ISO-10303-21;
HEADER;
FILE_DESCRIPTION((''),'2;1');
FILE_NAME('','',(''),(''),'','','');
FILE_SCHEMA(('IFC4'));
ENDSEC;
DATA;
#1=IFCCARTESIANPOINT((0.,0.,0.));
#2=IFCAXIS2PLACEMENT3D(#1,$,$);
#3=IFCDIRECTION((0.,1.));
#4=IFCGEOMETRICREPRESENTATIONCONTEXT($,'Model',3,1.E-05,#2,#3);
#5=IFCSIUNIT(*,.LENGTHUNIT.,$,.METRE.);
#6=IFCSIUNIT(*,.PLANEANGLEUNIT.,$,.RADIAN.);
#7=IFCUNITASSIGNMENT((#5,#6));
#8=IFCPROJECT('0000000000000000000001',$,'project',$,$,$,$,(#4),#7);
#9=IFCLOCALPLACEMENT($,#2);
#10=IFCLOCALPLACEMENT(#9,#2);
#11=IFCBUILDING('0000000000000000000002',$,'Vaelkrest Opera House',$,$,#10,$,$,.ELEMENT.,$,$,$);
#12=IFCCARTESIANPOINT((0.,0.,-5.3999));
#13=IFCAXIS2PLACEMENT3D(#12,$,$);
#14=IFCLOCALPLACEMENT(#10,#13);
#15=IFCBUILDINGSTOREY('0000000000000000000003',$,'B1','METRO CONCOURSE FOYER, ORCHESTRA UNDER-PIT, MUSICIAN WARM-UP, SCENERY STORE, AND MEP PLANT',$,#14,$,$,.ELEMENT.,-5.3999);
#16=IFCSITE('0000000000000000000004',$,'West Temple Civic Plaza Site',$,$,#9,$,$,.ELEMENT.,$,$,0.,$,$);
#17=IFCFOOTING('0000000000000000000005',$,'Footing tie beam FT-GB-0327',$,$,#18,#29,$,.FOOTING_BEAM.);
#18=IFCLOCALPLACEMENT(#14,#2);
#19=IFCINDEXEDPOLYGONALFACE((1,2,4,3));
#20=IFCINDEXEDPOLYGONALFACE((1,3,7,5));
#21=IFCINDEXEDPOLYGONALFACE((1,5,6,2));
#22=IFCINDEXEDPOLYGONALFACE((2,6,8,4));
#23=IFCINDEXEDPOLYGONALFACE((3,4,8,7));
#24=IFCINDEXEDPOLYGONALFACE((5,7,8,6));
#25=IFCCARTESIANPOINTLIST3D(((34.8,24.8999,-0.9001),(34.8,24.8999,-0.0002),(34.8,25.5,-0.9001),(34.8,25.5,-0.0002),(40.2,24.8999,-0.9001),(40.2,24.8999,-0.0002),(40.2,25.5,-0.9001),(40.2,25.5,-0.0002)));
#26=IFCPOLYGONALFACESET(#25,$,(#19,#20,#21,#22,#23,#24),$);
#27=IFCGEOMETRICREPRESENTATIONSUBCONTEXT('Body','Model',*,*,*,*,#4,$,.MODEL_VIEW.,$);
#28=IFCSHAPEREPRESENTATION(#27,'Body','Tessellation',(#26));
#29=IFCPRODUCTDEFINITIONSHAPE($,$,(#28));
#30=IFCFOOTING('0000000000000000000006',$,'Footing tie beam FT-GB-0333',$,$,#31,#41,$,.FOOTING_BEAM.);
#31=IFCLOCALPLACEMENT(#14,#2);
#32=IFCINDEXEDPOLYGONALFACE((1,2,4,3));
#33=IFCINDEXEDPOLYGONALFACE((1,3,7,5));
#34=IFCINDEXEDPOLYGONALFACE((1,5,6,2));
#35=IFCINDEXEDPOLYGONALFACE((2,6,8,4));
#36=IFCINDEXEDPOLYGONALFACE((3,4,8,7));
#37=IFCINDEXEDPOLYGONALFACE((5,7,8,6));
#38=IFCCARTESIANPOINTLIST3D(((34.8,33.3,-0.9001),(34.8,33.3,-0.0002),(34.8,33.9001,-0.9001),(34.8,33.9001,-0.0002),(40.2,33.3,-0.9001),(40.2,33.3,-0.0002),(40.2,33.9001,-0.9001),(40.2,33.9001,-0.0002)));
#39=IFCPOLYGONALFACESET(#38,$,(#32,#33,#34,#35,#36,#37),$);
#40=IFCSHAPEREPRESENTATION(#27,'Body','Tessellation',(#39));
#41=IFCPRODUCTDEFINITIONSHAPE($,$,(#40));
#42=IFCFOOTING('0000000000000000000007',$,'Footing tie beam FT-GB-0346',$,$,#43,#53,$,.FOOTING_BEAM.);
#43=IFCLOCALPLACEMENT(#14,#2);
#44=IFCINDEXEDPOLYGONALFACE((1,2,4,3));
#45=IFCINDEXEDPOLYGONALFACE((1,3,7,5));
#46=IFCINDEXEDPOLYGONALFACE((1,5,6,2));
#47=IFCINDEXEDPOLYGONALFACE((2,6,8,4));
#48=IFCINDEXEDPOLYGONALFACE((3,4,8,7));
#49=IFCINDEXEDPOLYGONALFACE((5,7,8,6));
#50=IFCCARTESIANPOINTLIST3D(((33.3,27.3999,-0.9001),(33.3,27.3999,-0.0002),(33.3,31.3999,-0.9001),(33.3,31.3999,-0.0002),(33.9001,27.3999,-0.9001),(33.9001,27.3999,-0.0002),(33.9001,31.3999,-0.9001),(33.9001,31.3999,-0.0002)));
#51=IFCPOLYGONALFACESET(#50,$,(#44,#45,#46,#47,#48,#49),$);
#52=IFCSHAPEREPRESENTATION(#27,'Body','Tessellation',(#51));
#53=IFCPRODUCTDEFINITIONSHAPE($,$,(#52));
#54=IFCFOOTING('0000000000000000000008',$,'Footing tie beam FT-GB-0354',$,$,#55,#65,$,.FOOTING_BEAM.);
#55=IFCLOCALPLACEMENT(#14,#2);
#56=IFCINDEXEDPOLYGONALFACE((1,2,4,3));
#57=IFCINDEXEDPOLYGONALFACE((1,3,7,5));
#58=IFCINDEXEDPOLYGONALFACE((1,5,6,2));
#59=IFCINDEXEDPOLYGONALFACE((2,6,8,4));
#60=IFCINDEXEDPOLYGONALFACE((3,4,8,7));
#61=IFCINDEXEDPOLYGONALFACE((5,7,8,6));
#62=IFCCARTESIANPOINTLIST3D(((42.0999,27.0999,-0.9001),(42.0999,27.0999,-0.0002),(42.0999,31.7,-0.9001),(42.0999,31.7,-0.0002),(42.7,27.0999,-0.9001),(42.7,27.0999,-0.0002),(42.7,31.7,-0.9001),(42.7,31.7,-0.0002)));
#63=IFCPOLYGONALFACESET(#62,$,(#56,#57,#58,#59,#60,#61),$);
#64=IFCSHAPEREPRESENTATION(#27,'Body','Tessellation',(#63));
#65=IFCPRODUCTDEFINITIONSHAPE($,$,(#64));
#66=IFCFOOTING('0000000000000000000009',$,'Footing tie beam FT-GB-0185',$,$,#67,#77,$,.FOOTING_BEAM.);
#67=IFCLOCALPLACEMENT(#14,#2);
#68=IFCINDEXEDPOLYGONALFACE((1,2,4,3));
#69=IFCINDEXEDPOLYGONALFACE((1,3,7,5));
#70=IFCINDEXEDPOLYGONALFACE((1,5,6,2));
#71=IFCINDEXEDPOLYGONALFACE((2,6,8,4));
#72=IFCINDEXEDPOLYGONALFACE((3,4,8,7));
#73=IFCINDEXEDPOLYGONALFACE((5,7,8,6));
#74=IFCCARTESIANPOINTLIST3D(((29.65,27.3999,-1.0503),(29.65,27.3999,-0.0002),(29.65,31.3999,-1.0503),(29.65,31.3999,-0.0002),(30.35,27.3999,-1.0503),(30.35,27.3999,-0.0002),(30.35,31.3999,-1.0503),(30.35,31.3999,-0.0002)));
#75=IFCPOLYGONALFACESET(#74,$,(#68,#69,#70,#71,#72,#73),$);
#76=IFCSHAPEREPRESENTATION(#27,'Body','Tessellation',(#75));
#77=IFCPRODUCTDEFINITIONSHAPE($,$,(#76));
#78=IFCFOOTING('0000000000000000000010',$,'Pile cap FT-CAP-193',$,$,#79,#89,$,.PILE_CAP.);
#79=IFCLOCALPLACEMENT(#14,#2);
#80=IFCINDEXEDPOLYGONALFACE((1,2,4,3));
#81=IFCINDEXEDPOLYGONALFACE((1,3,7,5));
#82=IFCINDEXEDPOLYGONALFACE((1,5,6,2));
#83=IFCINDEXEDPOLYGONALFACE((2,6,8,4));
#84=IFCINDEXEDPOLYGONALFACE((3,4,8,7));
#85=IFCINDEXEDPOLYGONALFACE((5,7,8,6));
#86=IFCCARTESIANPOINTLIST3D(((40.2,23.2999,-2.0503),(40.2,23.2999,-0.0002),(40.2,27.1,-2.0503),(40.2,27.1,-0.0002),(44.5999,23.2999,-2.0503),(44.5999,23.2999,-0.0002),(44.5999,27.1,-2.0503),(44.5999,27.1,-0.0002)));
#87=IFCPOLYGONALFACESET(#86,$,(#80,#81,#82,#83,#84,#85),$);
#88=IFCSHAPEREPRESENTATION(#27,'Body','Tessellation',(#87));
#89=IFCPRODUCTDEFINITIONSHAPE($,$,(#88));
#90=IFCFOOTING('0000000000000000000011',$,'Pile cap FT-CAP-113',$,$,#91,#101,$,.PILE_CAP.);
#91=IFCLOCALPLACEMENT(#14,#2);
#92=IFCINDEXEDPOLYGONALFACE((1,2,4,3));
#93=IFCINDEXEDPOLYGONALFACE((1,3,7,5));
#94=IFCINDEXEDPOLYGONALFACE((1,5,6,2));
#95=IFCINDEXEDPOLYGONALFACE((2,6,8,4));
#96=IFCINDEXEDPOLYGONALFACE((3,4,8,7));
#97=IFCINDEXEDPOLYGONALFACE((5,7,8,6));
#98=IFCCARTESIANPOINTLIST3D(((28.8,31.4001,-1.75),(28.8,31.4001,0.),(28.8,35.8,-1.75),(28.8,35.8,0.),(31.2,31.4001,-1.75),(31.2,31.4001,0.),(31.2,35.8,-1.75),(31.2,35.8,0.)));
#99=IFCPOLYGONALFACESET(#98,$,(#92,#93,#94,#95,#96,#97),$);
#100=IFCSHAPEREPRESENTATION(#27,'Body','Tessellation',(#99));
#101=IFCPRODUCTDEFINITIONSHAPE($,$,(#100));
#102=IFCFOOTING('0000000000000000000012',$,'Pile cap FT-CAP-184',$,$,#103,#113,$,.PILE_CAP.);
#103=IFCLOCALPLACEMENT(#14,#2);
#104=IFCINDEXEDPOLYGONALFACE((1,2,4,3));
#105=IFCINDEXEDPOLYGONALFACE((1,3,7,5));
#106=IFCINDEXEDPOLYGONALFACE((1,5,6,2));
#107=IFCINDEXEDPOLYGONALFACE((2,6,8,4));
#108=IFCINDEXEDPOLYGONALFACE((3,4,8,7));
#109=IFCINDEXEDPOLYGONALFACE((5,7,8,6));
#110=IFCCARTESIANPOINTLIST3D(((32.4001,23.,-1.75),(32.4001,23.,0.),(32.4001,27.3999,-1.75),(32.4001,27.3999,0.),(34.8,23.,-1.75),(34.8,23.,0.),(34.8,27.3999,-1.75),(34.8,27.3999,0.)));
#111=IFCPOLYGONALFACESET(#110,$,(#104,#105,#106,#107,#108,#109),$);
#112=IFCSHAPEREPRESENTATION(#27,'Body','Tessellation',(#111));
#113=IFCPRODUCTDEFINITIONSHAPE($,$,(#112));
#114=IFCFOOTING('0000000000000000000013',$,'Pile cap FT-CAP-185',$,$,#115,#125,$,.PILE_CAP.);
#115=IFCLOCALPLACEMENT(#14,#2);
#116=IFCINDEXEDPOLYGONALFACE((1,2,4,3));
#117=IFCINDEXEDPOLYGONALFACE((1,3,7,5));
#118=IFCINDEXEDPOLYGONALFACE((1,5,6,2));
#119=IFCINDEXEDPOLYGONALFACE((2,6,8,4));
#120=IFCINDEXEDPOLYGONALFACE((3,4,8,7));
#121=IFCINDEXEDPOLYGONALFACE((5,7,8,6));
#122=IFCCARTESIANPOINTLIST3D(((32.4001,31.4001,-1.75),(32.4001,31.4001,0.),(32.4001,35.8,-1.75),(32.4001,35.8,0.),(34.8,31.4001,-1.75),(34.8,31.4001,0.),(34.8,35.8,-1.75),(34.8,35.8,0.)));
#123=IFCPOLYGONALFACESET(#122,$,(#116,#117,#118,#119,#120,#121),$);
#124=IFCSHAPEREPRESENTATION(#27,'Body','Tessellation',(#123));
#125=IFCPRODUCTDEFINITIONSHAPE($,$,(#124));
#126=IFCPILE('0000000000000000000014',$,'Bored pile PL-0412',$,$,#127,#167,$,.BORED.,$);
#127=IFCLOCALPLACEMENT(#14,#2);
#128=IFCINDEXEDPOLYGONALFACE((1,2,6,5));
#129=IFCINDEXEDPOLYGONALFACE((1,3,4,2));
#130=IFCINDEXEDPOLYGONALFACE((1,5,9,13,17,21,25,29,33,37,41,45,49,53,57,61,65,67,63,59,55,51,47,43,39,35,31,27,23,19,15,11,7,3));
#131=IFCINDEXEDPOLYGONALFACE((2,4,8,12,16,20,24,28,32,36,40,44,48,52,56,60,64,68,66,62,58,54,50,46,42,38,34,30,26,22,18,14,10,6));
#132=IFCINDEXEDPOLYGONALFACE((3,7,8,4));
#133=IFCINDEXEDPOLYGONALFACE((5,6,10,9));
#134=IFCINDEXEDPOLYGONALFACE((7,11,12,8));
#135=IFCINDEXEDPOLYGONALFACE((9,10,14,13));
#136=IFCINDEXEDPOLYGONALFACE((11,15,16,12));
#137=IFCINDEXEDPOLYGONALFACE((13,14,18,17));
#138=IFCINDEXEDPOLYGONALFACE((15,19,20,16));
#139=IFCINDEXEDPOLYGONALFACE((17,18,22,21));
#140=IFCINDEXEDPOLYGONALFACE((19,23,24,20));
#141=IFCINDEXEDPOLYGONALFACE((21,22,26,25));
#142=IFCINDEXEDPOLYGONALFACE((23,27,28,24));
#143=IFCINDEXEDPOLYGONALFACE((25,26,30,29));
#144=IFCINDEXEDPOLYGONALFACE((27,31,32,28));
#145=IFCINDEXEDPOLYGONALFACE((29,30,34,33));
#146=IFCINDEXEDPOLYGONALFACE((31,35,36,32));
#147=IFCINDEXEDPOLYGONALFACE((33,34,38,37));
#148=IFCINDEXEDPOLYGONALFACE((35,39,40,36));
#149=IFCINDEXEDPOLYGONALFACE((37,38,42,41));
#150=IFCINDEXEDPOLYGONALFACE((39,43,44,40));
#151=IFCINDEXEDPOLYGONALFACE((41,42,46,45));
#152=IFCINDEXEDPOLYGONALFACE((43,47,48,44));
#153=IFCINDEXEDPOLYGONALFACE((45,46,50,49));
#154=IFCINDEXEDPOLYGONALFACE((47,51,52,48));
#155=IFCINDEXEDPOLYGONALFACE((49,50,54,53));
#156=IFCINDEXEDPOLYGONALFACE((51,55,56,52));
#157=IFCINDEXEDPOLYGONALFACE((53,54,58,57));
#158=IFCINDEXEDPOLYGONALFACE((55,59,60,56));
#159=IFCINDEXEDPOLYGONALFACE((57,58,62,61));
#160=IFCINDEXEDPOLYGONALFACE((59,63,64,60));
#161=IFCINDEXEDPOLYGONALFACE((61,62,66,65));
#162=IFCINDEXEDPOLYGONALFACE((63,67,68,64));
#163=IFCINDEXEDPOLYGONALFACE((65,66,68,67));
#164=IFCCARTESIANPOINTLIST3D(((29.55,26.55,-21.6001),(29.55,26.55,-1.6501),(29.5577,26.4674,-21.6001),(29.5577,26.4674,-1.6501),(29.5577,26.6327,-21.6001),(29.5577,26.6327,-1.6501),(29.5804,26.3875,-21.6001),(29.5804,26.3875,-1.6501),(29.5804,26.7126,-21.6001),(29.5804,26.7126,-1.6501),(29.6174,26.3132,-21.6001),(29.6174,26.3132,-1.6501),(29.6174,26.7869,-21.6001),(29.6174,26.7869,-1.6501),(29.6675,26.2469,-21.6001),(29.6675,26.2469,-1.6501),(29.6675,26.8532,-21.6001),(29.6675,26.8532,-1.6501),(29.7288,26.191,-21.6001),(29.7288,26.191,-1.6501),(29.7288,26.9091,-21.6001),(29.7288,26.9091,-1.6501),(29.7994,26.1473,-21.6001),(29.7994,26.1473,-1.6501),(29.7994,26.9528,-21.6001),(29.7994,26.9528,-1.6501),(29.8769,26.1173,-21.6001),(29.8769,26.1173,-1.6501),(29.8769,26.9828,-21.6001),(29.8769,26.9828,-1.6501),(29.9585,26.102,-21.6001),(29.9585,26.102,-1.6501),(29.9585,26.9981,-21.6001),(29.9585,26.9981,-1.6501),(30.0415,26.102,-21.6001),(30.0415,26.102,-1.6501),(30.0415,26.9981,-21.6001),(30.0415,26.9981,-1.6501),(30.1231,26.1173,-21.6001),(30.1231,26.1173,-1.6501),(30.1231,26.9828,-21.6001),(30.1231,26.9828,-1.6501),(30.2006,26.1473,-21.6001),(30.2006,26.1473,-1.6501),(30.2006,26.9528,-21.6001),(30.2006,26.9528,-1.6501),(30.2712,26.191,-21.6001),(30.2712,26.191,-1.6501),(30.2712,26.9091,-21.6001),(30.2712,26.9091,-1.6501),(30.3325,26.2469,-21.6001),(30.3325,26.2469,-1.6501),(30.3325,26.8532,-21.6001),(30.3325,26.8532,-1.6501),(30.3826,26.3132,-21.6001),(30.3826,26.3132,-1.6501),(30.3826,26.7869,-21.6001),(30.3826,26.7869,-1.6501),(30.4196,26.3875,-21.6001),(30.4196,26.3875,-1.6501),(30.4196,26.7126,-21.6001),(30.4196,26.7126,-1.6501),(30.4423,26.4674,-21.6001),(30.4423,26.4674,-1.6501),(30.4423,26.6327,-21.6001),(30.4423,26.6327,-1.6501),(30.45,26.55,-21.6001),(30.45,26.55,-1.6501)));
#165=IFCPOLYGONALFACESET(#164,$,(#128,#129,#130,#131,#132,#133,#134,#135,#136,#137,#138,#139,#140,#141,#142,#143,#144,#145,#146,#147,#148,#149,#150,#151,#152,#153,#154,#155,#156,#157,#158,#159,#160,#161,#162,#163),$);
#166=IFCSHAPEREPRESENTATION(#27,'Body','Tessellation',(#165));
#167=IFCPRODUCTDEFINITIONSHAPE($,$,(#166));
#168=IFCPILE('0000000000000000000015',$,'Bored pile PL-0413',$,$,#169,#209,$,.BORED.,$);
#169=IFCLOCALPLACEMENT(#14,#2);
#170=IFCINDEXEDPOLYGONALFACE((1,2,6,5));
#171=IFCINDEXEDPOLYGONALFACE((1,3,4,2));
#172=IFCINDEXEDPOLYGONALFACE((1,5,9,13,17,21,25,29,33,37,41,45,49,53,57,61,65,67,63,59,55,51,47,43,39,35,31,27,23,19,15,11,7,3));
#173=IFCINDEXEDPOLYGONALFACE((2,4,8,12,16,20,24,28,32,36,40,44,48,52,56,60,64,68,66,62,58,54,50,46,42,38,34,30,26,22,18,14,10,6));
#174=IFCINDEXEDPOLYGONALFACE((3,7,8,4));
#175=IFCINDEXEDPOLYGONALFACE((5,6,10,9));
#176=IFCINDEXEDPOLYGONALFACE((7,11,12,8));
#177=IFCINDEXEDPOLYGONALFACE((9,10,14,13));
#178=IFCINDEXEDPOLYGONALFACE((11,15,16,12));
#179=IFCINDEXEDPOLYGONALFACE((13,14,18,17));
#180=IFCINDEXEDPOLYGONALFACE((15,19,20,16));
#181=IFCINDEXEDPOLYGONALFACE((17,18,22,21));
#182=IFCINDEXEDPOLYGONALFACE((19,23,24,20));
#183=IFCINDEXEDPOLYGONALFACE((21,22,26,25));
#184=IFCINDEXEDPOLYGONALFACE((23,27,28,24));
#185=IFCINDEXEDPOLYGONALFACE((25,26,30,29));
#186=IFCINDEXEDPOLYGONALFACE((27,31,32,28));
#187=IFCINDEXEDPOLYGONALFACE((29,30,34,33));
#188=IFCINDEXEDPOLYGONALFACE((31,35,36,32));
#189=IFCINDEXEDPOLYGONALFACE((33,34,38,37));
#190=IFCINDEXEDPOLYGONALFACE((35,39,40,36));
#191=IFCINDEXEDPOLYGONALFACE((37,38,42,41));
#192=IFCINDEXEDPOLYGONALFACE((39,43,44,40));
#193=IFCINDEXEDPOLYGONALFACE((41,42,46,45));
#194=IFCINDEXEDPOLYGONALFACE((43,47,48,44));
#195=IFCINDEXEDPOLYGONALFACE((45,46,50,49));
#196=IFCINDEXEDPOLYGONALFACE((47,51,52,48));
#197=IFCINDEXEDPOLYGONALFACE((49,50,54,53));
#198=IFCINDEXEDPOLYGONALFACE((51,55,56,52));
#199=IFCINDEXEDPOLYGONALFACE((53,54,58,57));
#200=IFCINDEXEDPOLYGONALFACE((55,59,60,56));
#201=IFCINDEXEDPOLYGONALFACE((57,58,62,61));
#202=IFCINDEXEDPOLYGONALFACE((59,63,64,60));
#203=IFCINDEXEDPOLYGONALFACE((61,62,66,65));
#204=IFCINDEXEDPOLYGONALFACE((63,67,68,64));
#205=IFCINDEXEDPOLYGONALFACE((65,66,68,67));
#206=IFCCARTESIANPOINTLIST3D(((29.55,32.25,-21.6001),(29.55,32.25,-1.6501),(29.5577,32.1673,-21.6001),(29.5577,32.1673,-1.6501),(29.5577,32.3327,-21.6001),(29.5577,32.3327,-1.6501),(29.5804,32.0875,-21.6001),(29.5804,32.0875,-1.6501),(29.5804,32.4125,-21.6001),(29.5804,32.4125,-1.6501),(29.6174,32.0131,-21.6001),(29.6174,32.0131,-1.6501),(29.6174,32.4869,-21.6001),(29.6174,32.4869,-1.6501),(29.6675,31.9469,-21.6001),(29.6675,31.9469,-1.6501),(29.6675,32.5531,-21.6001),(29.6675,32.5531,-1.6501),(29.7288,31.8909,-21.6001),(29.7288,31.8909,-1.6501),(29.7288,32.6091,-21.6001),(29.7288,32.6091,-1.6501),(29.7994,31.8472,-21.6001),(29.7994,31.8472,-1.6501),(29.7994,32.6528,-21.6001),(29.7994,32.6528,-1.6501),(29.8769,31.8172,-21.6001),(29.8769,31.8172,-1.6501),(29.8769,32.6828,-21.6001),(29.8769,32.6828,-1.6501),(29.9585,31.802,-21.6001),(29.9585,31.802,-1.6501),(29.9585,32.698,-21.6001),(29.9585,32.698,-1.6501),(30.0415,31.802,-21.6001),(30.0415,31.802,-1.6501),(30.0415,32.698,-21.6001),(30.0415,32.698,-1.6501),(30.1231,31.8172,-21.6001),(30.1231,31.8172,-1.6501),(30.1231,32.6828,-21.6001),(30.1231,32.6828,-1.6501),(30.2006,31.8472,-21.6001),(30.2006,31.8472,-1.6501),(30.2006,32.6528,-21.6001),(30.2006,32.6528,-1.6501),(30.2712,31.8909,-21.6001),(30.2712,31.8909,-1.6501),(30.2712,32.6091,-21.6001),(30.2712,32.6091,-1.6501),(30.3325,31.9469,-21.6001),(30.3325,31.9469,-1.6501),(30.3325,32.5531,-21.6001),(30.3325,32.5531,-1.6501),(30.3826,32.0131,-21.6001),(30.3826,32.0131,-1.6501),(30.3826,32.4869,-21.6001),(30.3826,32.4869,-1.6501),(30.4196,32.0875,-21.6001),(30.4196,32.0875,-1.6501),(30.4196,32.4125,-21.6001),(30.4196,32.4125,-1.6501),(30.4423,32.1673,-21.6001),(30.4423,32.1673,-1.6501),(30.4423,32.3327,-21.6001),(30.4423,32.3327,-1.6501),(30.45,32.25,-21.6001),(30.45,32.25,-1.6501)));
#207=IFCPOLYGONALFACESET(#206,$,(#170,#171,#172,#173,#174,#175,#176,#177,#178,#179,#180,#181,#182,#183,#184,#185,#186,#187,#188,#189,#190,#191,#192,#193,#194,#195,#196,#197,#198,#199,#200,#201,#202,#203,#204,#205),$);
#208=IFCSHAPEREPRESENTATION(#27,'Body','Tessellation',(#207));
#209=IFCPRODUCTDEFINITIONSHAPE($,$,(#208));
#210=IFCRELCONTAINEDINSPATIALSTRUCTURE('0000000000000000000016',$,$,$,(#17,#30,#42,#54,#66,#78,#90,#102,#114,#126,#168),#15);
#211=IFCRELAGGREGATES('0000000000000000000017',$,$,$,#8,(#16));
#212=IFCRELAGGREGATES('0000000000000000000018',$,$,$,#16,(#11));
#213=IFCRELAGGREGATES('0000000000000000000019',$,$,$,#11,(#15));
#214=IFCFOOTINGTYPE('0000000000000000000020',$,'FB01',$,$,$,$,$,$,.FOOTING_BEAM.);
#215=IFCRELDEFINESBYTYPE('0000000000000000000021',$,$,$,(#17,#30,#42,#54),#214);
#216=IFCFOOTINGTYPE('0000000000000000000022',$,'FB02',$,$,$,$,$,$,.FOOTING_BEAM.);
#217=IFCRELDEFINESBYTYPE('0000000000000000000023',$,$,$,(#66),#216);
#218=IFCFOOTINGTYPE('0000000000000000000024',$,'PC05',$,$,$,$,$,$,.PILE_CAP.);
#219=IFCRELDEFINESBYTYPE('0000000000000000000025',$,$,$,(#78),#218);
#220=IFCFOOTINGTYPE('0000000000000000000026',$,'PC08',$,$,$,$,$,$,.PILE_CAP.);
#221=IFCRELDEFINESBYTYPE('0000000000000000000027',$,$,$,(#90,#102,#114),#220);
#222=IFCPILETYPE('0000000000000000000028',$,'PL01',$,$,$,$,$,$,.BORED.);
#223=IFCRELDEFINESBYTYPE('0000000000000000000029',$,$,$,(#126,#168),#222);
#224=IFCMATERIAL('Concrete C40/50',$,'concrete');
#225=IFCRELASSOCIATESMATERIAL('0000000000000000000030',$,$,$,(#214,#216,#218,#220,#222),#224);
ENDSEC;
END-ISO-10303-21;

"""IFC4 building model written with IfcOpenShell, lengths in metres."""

from ifc_helpers import new_model, si_unit, direction, frame, origin, origin_2d, place, context, subcontext, project, spatial, rectangle, circle, extrude, material, material_profile, profile_set, type_object, element, save


model = new_model("IFC4")

# Units and contexts
model_context = context("Model", 3, precision=1e-05, world=origin(), true_north=direction((0.0, 1.0)))
body_context = subcontext(model_context, "Body", "Model", "MODEL_VIEW")
ifc_project = project(units=[si_unit("LENGTHUNIT", "METRE"), si_unit("PLANEANGLEUNIT", "RADIAN")], contexts=[model_context])

# Site, building, storey
site_placement = place(None, origin())
site = spatial("IfcSite", under=ifc_project, at=site_placement, Name="West Temple Civic Plaza Site", CompositionType="ELEMENT", RefElevation=0.0)
building_placement = place(site_placement, origin())
building = spatial("IfcBuilding", under=site, at=building_placement, Name="Vaelkrest Opera House", CompositionType="ELEMENT")
storey_placement = place(building_placement, frame((0.0, 0.0, -5.3999)))
storey = spatial("IfcBuildingStorey", under=building, at=storey_placement, Name="B1", Description="METRO CONCOURSE FOYER, ORCHESTRA UNDER-PIT, MUSICIAN WARM-UP, SCENERY STORE, AND MEP PLANT", CompositionType="ELEMENT", Elevation=-5.3999)

# Footings
ifc_material_1 = material(Name="Concrete C40/50", Category="concrete")
footing_type_1 = type_object("IfcFootingType", Name="FB01", PredefinedType="FOOTING_BEAM", material=ifc_material_1)
for number, where, z_axis, x_axis, name in (
    (1, (37.5, 25.2, -0.9001), (0.0, 0.0, 1.0), (1.0, 0.0, 0.0), "Footing tie beam FT-GB-0327"),
    (2, (37.5, 33.6001, -0.9001), (0.0, 0.0, 1.0), (1.0, 0.0, 0.0), "Footing tie beam FT-GB-0333"),
):
    element("IfcFooting", number, at=place(storey_placement, frame(where, z_axis=z_axis, x_axis=x_axis)), inside=storey, type_object=footing_type_1, Name=name, PredefinedType="FOOTING_BEAM", context=body_context, shape_type="SweptSolid", body=[
        extrude(rectangle(XDim=5.3999, YDim=0.6001, at=origin_2d()), origin(), (0.0, 0.0, 1.0), 0.8999),
    ])
footing_1_placement = place(storey_placement, frame((33.6001, 29.3999, -0.9001), z_axis=(0.0, 0.0, 1.0), x_axis=(0.0, 1.0, 0.0)))
element("IfcFooting", 3, at=footing_1_placement, inside=storey, type_object=footing_type_1, Name="Footing tie beam FT-GB-0346", PredefinedType="FOOTING_BEAM", context=body_context, shape_type="SweptSolid", body=[
    extrude(rectangle(XDim=4.0, YDim=0.6001, at=origin_2d()), origin(), (0.0, 0.0, 1.0), 0.8999),
])
footing_2_placement = place(storey_placement, frame((42.3999, 29.3999, -0.9001), z_axis=(0.0, 0.0, 1.0), x_axis=(0.0, 1.0, 0.0)))
element("IfcFooting", 4, at=footing_2_placement, inside=storey, type_object=footing_type_1, Name="Footing tie beam FT-GB-0354", PredefinedType="FOOTING_BEAM", context=body_context, shape_type="SweptSolid", body=[
    extrude(rectangle(XDim=4.6001, YDim=0.6001, at=origin_2d()), origin(), (0.0, 0.0, 1.0), 0.8999),
])
footing_type_2 = type_object("IfcFootingType", Name="FB02", PredefinedType="FOOTING_BEAM", material=ifc_material_1)
footing_3_placement = place(storey_placement, frame((30.0, 29.3999, -1.0503), z_axis=(0.0, 0.0, 1.0), x_axis=(0.0, 1.0, 0.0)))
element("IfcFooting", 5, at=footing_3_placement, inside=storey, type_object=footing_type_2, Name="Footing tie beam FT-GB-0185", PredefinedType="FOOTING_BEAM", context=body_context, shape_type="SweptSolid", body=[
    extrude(rectangle(XDim=4.0, YDim=0.7, at=origin_2d()), origin(), (0.0, 0.0, 1.0), 1.05),
])
footing_type_3 = type_object("IfcFootingType", Name="PC05", PredefinedType="PILE_CAP", material=ifc_material_1)
footing_4_placement = place(storey_placement, frame((42.3999, 25.2, -2.0503), z_axis=(0.0, 0.0, 1.0), x_axis=(1.0, 0.0, 0.0)))
element("IfcFooting", 6, at=footing_4_placement, inside=storey, type_object=footing_type_3, Name="Pile cap FT-CAP-193", PredefinedType="PILE_CAP", context=body_context, shape_type="SweptSolid", body=[
    extrude(rectangle(XDim=4.3999, YDim=3.8, at=origin_2d()), origin(), (0.0, 0.0, 1.0), 2.05),
])
footing_type_4 = type_object("IfcFootingType", Name="PC08", PredefinedType="PILE_CAP", material=ifc_material_1)
for number, where, z_axis, x_axis, name in (
    (7, (30.0, 33.6001, -1.75), (0.0, 0.0, 1.0), (1.0, 0.0, 0.0), "Pile cap FT-CAP-113"),
    (8, (33.6001, 25.2, -1.75), (0.0, 0.0, 1.0), (1.0, 0.0, 0.0), "Pile cap FT-CAP-184"),
    (9, (33.6001, 33.6001, -1.75), (0.0, 0.0, 1.0), (1.0, 0.0, 0.0), "Pile cap FT-CAP-185"),
):
    element("IfcFooting", number, at=place(storey_placement, frame(where, z_axis=z_axis, x_axis=x_axis)), inside=storey, type_object=footing_type_4, Name=name, PredefinedType="PILE_CAP", context=body_context, shape_type="SweptSolid", body=[
        extrude(rectangle(XDim=2.3999, YDim=4.3999, at=origin_2d()), origin(), (0.0, 0.0, 1.0), 1.75),
    ])

# Piles
ifc_material_profile_1 = material_profile(ifc_material_1, circle(Radius=0.45, at=origin_2d()), Name="PILE900")
ifc_profile_set_1 = profile_set([ifc_material_profile_1], Name="Concrete C40/50")
pile_type_1 = type_object("IfcPileType", Name="PL01", PredefinedType="BORED", material=ifc_profile_set_1)
for number, where, z_axis, x_axis, name in (
    (10, (30.0, 26.55, -1.6501), (0.0, 0.0, -1.0), (1.0, 0.0, 0.0), "Bored pile PL-0412"),
    (11, (30.0, 32.25, -1.6501), (0.0, 0.0, -1.0), (1.0, 0.0, 0.0), "Bored pile PL-0413"),
):
    element("IfcPile", number, at=place(storey_placement, frame(where, z_axis=z_axis, x_axis=x_axis)), inside=storey, type_object=pile_type_1, Name=name, PredefinedType="BORED", context=body_context, shape_type="SweptSolid", body=[
        extrude(circle(Radius=0.45, at=origin_2d()), origin(), (0.0, 0.0, 1.0), 19.95),
    ])

save(model, "model.ifc")
